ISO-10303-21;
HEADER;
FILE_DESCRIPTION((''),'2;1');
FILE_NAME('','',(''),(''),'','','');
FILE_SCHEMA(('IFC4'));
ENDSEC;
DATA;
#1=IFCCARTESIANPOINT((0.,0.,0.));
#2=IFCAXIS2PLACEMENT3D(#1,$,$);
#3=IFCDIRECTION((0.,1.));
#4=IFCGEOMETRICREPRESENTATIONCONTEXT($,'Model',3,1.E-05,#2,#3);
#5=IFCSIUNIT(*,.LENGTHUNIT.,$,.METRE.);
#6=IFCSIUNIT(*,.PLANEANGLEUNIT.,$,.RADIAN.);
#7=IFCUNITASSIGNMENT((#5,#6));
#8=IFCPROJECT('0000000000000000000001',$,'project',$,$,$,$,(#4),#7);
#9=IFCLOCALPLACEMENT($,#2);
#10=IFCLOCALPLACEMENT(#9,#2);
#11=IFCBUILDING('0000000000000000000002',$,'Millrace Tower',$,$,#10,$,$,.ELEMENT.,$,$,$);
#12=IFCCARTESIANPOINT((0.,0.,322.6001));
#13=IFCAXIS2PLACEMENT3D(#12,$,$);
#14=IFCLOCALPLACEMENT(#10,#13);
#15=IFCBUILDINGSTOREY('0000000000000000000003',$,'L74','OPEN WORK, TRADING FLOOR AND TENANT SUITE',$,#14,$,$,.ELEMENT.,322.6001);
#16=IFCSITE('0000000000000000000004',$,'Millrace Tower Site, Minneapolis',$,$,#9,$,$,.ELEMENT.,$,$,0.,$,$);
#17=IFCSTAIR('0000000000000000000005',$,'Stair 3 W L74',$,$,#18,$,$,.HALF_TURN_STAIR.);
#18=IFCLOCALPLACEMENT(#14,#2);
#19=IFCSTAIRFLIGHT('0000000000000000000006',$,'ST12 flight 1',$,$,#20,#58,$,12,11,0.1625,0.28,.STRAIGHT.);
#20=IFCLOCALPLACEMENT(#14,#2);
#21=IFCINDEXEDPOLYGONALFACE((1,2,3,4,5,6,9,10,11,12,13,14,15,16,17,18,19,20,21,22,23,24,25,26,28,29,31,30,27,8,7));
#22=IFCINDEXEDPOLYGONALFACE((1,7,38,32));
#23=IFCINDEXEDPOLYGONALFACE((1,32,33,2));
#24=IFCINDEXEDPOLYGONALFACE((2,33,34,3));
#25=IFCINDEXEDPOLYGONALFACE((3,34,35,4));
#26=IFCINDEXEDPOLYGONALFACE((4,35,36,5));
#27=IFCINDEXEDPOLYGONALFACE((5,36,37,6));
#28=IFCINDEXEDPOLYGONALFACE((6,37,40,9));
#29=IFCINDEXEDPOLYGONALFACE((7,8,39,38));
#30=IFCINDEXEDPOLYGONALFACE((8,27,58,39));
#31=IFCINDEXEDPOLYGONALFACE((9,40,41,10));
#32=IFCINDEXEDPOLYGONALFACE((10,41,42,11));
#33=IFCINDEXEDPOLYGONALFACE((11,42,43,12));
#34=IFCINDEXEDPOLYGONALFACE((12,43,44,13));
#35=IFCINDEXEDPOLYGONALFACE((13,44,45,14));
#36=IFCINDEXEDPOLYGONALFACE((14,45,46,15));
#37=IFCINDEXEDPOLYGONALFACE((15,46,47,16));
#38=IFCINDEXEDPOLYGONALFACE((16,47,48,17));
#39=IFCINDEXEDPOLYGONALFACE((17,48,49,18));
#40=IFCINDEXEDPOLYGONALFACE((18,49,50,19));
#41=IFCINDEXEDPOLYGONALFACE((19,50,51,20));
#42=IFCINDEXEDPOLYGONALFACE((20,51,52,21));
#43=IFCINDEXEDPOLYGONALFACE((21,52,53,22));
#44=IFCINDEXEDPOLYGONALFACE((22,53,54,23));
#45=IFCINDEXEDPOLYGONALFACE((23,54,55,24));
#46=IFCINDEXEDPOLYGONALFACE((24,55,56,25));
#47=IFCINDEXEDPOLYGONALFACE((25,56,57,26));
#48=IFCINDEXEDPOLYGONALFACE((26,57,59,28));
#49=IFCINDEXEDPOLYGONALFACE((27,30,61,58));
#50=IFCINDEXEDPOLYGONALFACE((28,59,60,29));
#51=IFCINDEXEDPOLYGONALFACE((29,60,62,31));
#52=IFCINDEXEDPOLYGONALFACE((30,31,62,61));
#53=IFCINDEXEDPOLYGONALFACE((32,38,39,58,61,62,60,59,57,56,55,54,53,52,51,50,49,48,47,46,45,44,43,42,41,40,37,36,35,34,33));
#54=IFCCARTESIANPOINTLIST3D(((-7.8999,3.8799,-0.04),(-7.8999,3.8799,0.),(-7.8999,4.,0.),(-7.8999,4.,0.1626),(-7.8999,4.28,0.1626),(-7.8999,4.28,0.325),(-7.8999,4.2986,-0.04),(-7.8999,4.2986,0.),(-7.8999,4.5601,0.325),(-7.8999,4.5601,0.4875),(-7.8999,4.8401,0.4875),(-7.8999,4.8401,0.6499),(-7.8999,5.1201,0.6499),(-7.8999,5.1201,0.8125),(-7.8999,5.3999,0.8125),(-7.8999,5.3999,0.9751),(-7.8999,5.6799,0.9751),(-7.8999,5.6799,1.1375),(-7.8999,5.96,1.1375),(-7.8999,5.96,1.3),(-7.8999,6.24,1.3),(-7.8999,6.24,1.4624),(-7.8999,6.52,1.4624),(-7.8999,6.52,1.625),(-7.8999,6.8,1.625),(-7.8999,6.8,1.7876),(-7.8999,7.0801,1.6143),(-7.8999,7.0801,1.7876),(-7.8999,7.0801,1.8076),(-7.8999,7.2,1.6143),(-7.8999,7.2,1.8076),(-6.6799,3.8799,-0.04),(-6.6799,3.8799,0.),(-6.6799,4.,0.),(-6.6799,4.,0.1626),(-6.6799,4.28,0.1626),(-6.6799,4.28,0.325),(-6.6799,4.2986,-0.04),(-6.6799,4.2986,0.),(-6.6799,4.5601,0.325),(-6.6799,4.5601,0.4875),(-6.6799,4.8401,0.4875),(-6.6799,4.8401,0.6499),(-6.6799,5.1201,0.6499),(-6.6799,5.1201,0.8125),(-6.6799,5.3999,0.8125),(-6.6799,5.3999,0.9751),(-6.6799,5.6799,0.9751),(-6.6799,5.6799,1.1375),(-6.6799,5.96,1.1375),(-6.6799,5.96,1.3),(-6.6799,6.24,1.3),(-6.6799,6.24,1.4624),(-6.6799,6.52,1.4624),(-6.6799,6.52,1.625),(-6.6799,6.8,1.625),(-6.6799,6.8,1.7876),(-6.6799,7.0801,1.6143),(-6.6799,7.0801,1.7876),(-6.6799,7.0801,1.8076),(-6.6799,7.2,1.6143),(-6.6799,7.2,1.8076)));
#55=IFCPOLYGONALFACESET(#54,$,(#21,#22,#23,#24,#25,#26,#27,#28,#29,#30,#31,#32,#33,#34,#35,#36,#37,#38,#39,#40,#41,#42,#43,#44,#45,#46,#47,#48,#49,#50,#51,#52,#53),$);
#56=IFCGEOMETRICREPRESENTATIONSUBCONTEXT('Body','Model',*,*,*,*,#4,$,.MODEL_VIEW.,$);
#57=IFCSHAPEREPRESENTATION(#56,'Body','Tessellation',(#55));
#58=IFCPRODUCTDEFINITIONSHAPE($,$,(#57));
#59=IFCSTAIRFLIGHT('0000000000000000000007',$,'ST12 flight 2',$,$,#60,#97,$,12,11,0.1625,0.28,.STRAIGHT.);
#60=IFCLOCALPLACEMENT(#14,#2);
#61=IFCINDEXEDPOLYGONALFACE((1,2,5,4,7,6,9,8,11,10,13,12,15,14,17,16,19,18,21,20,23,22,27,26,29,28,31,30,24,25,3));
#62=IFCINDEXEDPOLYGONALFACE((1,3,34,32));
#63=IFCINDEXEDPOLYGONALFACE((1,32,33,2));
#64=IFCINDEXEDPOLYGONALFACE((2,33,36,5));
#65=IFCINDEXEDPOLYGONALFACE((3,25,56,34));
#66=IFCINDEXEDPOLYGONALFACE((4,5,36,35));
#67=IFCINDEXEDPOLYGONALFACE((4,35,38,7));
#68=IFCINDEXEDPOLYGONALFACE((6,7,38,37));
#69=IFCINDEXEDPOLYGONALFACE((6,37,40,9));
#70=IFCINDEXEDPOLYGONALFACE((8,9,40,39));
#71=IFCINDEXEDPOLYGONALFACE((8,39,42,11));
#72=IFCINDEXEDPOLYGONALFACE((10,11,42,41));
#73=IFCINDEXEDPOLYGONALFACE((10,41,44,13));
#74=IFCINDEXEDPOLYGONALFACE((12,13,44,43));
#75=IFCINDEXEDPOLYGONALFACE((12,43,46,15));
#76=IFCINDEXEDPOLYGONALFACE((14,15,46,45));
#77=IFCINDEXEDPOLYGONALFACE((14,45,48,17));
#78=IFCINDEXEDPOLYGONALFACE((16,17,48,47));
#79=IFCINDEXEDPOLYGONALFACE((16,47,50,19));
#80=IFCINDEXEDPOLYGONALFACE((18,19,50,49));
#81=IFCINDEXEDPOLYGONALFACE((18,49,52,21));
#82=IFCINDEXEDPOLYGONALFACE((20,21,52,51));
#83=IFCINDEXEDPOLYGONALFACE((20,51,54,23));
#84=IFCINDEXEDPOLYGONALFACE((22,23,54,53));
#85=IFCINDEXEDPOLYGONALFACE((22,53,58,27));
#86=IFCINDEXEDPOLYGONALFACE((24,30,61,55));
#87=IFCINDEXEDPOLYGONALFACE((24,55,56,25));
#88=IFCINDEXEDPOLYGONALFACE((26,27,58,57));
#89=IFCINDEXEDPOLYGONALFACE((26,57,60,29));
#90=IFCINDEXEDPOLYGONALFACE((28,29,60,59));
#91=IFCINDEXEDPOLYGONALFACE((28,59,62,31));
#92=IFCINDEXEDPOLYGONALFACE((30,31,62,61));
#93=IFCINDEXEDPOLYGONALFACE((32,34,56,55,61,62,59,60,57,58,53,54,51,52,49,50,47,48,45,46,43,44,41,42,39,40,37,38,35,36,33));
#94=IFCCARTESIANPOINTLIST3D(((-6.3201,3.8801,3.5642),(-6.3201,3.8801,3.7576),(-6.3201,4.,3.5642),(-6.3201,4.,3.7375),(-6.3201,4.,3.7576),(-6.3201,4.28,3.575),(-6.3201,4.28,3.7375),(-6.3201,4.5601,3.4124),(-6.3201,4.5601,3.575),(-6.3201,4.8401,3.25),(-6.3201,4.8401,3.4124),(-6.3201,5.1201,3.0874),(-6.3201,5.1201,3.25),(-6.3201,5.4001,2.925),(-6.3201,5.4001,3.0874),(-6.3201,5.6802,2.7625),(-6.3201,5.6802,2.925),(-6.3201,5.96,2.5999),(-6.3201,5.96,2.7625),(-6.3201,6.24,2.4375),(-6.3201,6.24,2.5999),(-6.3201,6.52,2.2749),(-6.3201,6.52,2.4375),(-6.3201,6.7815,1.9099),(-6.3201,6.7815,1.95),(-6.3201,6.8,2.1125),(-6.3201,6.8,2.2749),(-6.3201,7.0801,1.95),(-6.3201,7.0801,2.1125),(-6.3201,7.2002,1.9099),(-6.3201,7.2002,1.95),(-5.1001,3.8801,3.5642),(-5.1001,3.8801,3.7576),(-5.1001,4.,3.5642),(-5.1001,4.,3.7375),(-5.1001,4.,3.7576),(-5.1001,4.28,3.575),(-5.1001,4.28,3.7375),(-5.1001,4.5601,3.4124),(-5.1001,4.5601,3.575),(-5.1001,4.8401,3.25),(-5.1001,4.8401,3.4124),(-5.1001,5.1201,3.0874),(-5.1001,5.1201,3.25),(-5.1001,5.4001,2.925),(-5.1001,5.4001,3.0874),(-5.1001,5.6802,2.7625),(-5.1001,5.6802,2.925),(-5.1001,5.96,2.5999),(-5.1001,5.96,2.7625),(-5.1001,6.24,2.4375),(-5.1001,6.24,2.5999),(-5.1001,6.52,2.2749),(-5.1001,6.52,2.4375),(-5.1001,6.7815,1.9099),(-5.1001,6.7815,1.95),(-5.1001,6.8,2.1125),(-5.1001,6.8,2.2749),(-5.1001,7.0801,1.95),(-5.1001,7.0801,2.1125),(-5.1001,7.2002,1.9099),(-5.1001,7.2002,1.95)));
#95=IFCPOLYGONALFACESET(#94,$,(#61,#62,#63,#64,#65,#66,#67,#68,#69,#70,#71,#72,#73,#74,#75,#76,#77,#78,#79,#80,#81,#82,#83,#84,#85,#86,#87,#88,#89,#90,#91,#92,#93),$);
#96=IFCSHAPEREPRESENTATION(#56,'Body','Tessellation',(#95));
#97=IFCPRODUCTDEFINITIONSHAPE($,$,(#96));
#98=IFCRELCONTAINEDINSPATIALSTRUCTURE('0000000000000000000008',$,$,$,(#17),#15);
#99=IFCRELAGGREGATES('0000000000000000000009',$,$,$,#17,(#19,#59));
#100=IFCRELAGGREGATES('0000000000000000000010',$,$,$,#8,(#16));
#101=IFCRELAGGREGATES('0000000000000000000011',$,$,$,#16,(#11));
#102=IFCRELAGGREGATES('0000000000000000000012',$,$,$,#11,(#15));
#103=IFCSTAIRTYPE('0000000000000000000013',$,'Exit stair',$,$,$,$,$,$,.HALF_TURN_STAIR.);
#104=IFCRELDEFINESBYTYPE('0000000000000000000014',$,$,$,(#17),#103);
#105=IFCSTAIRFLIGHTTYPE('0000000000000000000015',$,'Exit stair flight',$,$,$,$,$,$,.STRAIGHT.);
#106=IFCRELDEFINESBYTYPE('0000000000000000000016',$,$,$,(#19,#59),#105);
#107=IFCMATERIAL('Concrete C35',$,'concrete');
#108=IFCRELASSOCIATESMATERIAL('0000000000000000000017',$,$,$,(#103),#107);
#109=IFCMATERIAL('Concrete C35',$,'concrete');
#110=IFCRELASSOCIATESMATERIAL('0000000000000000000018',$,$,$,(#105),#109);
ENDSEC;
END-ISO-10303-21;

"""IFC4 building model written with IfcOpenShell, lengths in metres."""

from ifc_helpers import new_model, si_unit, direction, frame, origin, place, context, subcontext, project, spatial, polyline, outline, extrude, material, type_object, element, aggregate, save


model = new_model("IFC4")

# Units and contexts
model_context = context("Model", 3, precision=1e-05, world=origin(), true_north=direction((0.0, 1.0)))
body_context = subcontext(model_context, "Body", "Model", "MODEL_VIEW")
ifc_project = project(units=[si_unit("LENGTHUNIT", "METRE"), si_unit("PLANEANGLEUNIT", "RADIAN")], contexts=[model_context])

# Site, building, storey
site_placement = place(None, origin())
site = spatial("IfcSite", under=ifc_project, at=site_placement, Name="Millrace Tower Site, Minneapolis", CompositionType="ELEMENT", RefElevation=0.0)
building_placement = place(site_placement, origin())
building = spatial("IfcBuilding", under=site, at=building_placement, Name="Millrace Tower", CompositionType="ELEMENT")
storey_placement = place(building_placement, frame((0.0, 0.0, 322.6001)))
storey = spatial("IfcBuildingStorey", under=building, at=storey_placement, Name="L74", Description="OPEN WORK, TRADING FLOOR AND TENANT SUITE", CompositionType="ELEMENT", Elevation=322.6001)

# Shared definitions
placement_1 = place(storey_placement, origin())

# Stair, stair flights
ifc_material_1 = material(Name="Concrete C35", Category="concrete")
stair_type = type_object("IfcStairType", Name="Exit stair", PredefinedType="HALF_TURN_STAIR", material=ifc_material_1)
ifc_material_2 = material(Name="Concrete C35", Category="concrete")
stair_flight_type = type_object("IfcStairFlightType", Name="Exit stair flight", PredefinedType="STRAIGHT", material=ifc_material_2)
stair_1 = element("IfcStair", 1, at=placement_1, inside=storey, type_object=stair_type, Name="Stair 3 W L74", PredefinedType="HALF_TURN_STAIR")
stair_flight_1_placement = place(storey_placement, frame((-7.29, 4.0, 0.0), z_axis=(0.0, 0.0, 1.0), x_axis=(0.0, 1.0, 0.0)))
stair_flight_1 = element("IfcStairFlight", 2, at=stair_flight_1_placement, type_object=stair_flight_type, Name="ST12 flight 1", NumberOfRisers=12, NumberOfTreads=11, PredefinedType="STRAIGHT", RiserHeight=0.1625, TreadLength=0.28, context=body_context, shape_type="SweptSolid", body=[
    extrude(outline(polyline([(-0.1201, -0.04), (-0.1201, 0.0), (0.0, 0.0), (0.0, 0.1626), (0.28, 0.1626), (0.28, 0.325), (0.5601, 0.325), (0.5601, 0.4875), (0.8401, 0.4875), (0.8401, 0.6499), (1.1201, 0.6499), (1.1201, 0.8125), (1.3999, 0.8125), (1.3999, 0.9751), (1.6799, 0.9751), (1.6799, 1.1375), (1.96, 1.1375), (1.96, 1.3), (2.24, 1.3), (2.24, 1.4624), (2.52, 1.4624), (2.52, 1.625), (2.8, 1.625), (2.8, 1.7876), (3.0801, 1.7876), (3.0801, 1.8076), (3.2, 1.8076), (3.2, 1.6143), (3.0801, 1.6143), (0.2986, 0.0), (0.2986, -0.04), (-0.1201, -0.04)])), frame((0.0, 0.6099, 0.0), z_axis=(0.0, -1.0, 0.0), x_axis=(1.0, 0.0, 0.0)), (0.0, 0.0, 1.0), 1.22),
])
stair_flight_2_placement = place(storey_placement, frame((-5.71, 7.0801, 1.95), z_axis=(0.0, 0.0, 1.0), x_axis=(0.0, -1.0, 0.0)))
stair_flight_2 = element("IfcStairFlight", 3, at=stair_flight_2_placement, type_object=stair_flight_type, Name="ST12 flight 2", NumberOfRisers=12, NumberOfTreads=11, PredefinedType="STRAIGHT", RiserHeight=0.1625, TreadLength=0.28, context=body_context, shape_type="SweptSolid", body=[
    extrude(outline(polyline([(-0.1201, -0.04), (-0.1201, 0.0), (0.0, 0.0), (0.0, 0.1626), (0.28, 0.1626), (0.28, 0.325), (0.5601, 0.325), (0.5601, 0.4875), (0.8401, 0.4875), (0.8401, 0.6499), (1.1201, 0.6499), (1.1201, 0.8125), (1.3999, 0.8125), (1.3999, 0.9751), (1.6799, 0.9751), (1.6799, 1.1375), (1.96, 1.1375), (1.96, 1.3), (2.24, 1.3), (2.24, 1.4624), (2.52, 1.4624), (2.52, 1.625), (2.8, 1.625), (2.8, 1.7876), (3.0801, 1.7876), (3.0801, 1.8076), (3.2, 1.8076), (3.2, 1.6143), (3.0801, 1.6143), (0.2986, 0.0), (0.2986, -0.04), (-0.1201, -0.04)])), frame((0.0, 0.6099, 0.0), z_axis=(0.0, -1.0, 0.0), x_axis=(1.0, 0.0, 0.0)), (0.0, 0.0, 1.0), 1.22),
])
aggregate(stair_1, [stair_flight_1, stair_flight_2])

save(model, "model.ifc")
